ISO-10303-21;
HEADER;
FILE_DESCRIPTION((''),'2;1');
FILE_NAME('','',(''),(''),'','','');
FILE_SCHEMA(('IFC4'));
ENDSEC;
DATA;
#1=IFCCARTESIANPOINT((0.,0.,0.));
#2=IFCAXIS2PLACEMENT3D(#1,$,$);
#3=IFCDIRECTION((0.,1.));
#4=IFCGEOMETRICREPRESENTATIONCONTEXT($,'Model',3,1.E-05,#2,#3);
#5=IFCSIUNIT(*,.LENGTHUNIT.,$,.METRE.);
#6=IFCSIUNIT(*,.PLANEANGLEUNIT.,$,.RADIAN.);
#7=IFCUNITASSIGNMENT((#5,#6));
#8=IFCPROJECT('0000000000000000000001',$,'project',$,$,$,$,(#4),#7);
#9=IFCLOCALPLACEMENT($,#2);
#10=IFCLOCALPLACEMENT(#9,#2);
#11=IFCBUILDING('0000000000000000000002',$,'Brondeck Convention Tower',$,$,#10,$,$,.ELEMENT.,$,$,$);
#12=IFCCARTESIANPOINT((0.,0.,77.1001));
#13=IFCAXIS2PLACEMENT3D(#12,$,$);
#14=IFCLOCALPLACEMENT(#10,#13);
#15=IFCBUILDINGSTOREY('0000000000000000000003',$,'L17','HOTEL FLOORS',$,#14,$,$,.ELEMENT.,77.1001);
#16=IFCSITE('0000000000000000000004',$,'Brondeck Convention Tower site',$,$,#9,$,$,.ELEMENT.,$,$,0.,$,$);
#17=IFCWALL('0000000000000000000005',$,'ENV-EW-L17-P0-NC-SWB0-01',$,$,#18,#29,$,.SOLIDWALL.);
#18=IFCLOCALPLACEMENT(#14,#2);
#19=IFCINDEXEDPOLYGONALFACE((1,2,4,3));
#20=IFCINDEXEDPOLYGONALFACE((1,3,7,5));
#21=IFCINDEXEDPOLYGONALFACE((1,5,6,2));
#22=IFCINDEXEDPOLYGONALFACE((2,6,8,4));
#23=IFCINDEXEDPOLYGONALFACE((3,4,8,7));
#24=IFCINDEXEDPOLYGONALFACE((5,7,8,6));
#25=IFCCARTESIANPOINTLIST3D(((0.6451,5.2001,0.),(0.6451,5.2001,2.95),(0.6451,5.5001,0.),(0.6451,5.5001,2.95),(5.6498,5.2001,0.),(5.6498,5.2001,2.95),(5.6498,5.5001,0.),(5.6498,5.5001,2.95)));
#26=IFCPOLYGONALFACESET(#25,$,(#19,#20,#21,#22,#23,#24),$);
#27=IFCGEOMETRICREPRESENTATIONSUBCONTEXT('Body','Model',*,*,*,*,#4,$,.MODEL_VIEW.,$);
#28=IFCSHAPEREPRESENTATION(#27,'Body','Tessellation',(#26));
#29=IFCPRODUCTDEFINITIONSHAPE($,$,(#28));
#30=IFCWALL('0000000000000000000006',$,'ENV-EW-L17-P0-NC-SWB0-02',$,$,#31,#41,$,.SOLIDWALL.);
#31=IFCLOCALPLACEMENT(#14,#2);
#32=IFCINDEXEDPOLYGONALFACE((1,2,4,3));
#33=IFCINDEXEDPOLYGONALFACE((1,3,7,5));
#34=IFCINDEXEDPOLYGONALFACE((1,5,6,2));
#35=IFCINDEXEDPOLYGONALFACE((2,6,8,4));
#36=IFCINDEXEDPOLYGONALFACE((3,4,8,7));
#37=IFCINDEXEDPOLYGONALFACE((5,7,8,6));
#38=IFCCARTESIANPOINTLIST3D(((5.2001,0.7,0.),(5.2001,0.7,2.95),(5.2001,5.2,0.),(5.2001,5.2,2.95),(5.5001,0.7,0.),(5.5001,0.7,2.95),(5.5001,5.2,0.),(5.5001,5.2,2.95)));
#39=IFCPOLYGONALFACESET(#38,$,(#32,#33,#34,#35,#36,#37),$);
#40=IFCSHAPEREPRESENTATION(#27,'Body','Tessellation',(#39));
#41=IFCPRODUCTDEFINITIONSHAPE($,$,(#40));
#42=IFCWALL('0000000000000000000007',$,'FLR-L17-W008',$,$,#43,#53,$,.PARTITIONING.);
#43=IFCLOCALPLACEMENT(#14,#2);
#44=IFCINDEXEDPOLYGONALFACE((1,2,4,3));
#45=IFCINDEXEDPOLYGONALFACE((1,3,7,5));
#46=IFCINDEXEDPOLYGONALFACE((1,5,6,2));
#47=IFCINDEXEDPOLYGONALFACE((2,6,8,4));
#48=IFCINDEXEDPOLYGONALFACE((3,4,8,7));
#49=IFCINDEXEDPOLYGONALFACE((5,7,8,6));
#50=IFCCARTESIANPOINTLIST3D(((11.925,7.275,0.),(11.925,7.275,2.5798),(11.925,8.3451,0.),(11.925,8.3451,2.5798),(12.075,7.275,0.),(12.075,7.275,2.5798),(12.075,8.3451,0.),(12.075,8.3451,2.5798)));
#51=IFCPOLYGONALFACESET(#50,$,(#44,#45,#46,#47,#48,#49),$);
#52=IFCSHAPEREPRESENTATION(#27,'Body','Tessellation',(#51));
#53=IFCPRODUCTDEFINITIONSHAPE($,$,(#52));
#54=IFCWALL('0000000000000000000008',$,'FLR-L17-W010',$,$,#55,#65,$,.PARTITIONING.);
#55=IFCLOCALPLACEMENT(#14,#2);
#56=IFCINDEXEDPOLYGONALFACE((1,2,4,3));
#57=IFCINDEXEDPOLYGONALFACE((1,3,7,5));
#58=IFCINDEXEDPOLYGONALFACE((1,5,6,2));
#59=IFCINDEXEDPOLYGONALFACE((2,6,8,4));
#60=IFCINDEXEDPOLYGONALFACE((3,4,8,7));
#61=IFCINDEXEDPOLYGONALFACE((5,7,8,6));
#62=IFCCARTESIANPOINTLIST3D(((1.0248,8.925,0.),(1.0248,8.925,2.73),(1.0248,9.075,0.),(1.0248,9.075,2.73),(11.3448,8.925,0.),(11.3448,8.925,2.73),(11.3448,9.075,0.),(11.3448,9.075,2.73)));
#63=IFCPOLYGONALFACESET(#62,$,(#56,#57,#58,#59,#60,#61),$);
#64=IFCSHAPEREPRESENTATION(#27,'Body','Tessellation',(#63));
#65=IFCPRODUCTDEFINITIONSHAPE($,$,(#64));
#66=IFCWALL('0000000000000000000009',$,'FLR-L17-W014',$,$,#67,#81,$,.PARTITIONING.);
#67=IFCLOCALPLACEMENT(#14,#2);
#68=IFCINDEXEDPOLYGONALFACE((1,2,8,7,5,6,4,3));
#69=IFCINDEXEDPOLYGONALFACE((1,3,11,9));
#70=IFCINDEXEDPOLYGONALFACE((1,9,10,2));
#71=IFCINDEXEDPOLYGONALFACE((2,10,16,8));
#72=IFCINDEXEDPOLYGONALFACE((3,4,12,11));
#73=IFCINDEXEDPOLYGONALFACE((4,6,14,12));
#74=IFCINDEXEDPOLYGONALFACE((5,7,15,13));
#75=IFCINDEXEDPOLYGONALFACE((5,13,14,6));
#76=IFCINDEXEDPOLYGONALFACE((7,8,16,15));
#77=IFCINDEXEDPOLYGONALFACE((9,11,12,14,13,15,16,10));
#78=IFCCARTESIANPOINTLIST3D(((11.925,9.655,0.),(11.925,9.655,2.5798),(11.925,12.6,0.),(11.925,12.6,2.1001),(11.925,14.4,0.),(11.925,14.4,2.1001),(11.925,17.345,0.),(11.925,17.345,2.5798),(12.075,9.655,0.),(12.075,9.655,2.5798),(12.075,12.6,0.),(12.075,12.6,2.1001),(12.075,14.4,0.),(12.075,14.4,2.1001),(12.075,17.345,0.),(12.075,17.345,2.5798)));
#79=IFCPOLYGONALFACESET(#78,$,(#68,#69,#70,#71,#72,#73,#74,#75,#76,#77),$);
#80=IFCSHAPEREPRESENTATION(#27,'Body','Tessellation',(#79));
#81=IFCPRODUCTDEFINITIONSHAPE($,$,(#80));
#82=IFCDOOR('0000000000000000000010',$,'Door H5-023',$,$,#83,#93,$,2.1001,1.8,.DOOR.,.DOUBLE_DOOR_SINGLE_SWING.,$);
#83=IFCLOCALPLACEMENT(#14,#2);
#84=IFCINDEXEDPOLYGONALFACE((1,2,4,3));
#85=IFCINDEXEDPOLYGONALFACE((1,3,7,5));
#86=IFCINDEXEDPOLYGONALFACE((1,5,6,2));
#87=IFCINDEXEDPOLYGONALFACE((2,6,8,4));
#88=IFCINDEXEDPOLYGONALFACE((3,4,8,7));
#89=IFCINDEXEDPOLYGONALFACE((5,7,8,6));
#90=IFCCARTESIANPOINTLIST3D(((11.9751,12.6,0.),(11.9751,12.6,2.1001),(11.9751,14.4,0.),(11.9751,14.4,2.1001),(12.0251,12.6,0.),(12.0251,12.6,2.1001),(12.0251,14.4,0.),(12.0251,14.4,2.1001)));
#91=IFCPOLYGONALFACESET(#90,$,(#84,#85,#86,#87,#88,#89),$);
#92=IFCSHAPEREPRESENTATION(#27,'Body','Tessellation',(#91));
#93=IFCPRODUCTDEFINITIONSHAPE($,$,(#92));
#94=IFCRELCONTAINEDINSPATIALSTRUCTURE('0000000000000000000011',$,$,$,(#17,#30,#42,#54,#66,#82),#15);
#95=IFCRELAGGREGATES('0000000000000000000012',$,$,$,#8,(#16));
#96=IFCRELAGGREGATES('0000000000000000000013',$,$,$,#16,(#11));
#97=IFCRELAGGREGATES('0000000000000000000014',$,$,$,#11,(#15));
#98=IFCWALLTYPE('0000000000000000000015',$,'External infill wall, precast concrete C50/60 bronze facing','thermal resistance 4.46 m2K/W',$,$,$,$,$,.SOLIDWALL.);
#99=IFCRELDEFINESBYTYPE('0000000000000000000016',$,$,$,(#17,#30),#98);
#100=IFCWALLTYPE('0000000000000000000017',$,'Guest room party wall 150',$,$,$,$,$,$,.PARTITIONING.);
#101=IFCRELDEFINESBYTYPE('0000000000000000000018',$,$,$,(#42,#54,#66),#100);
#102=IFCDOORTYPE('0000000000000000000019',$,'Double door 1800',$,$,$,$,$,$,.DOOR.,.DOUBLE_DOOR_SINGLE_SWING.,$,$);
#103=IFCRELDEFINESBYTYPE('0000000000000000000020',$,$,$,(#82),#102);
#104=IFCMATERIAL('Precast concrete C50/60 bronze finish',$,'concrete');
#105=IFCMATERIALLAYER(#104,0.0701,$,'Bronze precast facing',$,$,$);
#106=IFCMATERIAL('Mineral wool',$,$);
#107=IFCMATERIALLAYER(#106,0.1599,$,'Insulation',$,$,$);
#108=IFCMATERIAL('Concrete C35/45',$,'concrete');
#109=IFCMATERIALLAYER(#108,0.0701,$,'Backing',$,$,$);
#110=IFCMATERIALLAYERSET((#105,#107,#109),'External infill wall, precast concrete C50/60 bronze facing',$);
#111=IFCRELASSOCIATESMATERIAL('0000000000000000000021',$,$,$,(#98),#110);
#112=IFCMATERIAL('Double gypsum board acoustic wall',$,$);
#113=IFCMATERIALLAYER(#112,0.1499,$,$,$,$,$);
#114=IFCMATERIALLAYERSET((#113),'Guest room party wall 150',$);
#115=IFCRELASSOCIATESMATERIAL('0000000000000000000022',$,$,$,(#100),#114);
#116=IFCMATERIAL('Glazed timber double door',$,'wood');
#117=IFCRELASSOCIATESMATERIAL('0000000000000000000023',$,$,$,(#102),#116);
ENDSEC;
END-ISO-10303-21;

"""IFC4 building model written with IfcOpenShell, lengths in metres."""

from ifc_helpers import new_model, si_unit, direction, frame, frame_2d, origin, place, context, subcontext, project, spatial, rectangle, extrude, material, layer, layer_set, type_object, element, fill, save


model = new_model("IFC4")

# Units and contexts
model_context = context("Model", 3, precision=1e-05, world=origin(), true_north=direction((0.0, 1.0)))
body_context = subcontext(model_context, "Body", "Model", "MODEL_VIEW")
ifc_project = project(units=[si_unit("LENGTHUNIT", "METRE"), si_unit("PLANEANGLEUNIT", "RADIAN")], contexts=[model_context])

# Site, building, storey
site_placement = place(None, origin())
site = spatial("IfcSite", under=ifc_project, at=site_placement, Name="Brondeck Convention Tower site", CompositionType="ELEMENT", RefElevation=0.0)
building_placement = place(site_placement, origin())
building = spatial("IfcBuilding", under=site, at=building_placement, Name="Brondeck Convention Tower", CompositionType="ELEMENT")
storey_placement = place(building_placement, frame((0.0, 0.0, 77.1001)))
storey = spatial("IfcBuildingStorey", under=building, at=storey_placement, Name="L17", Description="HOTEL FLOORS", CompositionType="ELEMENT", Elevation=77.1001)

# Shared definitions
ifc_material_1 = material(Name="Concrete C35/45", Category="concrete")

# Shared definitions
ifc_material_2 = material(Name="Precast concrete C50/60 bronze finish", Category="concrete")
ifc_layer_1 = layer(ifc_material_2, 0.0701, Name="Bronze precast facing")
ifc_material_3 = material(Name="Mineral wool")
ifc_layer_2 = layer(ifc_material_3, 0.1599, Name="Insulation")
ifc_layer_3 = layer(ifc_material_1, 0.0701, Name="Backing")
ifc_layer_set_1 = layer_set([ifc_layer_1, ifc_layer_2, ifc_layer_3], Name="External infill wall, precast concrete C50/60 bronze facing")
wall_type_1 = type_object("IfcWallType", Name="External infill wall, precast concrete C50/60 bronze facing", Description="thermal resistance 4.46 m2K/W", PredefinedType="SOLIDWALL", material=ifc_layer_set_1)

# Walls
wall_1_placement = place(storey_placement, frame((5.6499, 5.3501, 0.0), z_axis=(0.0, 0.0, 1.0), x_axis=(-1.0, 0.0, 0.0)))
element("IfcWall", 1, at=wall_1_placement, inside=storey, type_object=wall_type_1, Name="ENV-EW-L17-P0-NC-SWB0-01", PredefinedType="SOLIDWALL", context=body_context, shape_type="SweptSolid", body=[
    extrude(rectangle(XDim=5.0046, YDim=0.3, at=frame_2d((2.5024, 0.0))), origin(), (0.0, 0.0, 1.0), 2.95),
])
wall_2_placement = place(storey_placement, frame((5.3501, 0.7, 0.0), z_axis=(0.0, 0.0, 1.0), x_axis=(0.0, 1.0, 0.0)))
element("IfcWall", 2, at=wall_2_placement, inside=storey, type_object=wall_type_1, Name="ENV-EW-L17-P0-NC-SWB0-02", PredefinedType="SOLIDWALL", context=body_context, shape_type="SweptSolid", body=[
    extrude(rectangle(XDim=4.5, YDim=0.3, at=frame_2d((2.25, 0.0))), origin(), (0.0, 0.0, 1.0), 2.95),
])
ifc_material_4 = material(Name="Double gypsum board acoustic wall")
ifc_layer_4 = layer(ifc_material_4, 0.1499)
ifc_layer_set_2 = layer_set([ifc_layer_4], Name="Guest room party wall 150")
wall_type_2 = type_object("IfcWallType", Name="Guest room party wall 150", PredefinedType="PARTITIONING", material=ifc_layer_set_2)
wall_3_placement = place(storey_placement, frame((12.0, 7.2749, 0.0), z_axis=(0.0, 0.0, 1.0), x_axis=(0.0, 1.0, 0.0)))
element("IfcWall", 3, at=wall_3_placement, inside=storey, type_object=wall_type_2, Name="FLR-L17-W008", PredefinedType="PARTITIONING", context=body_context, shape_type="SweptSolid", body=[
    extrude(rectangle(XDim=1.0701, YDim=0.1499, at=frame_2d((0.5352, 0.0))), origin(), (0.0, 0.0, 1.0), 2.5798),
])
wall_4_placement = place(storey_placement, frame((11.345, 9.0, 0.0), z_axis=(0.0, 0.0, 1.0), x_axis=(-1.0, 0.0, 0.0)))
element("IfcWall", 4, at=wall_4_placement, inside=storey, type_object=wall_type_2, Name="FLR-L17-W010", PredefinedType="PARTITIONING", context=body_context, shape_type="SweptSolid", body=[
    extrude(rectangle(XDim=10.3201, YDim=0.1499, at=frame_2d((5.1602, 0.0))), origin(), (0.0, 0.0, 1.0), 2.73),
])

# Wall, opening, door
wall_5_placement = place(storey_placement, frame((12.0, 9.655, 0.0), z_axis=(0.0, 0.0, 1.0), x_axis=(0.0, 1.0, 0.0)))
wall_5 = element("IfcWall", 5, at=wall_5_placement, inside=storey, type_object=wall_type_2, Name="FLR-L17-W014", PredefinedType="PARTITIONING", context=body_context, shape_type="SweptSolid", body=[
    extrude(rectangle(XDim=7.6899, YDim=0.1499, at=frame_2d((3.845, 0.0))), origin(), (0.0, 0.0, 1.0), 2.5798),
])
opening_1_placement = place(wall_5_placement, frame((2.9451, 0.0, 0.0)))
opening_1 = element("IfcOpeningElement", 6, at=opening_1_placement, cuts=wall_5, PredefinedType="OPENING", context=body_context, shape_type="SweptSolid", body=[
    extrude(rectangle(XDim=1.8, YDim=2.1001, at=frame_2d((0.8999, 1.05))), frame((0.0, 0.085, 0.0), z_axis=(0.0, -1.0, 0.0), x_axis=(1.0, 0.0, 0.0)), (0.0, 0.0, 1.0), 0.1699),
])
ifc_material_5 = material(Name="Glazed timber double door", Category="wood")
door_type = type_object("IfcDoorType", Name="Double door 1800", OperationType="DOUBLE_DOOR_SINGLE_SWING", PredefinedType="DOOR", material=ifc_material_5)
door_placement = place(opening_1_placement, origin())
door = element("IfcDoor", 7, at=door_placement, inside=storey, type_object=door_type, Name="Door H5-023", OperationType="DOUBLE_DOOR_SINGLE_SWING", OverallHeight=2.1001, OverallWidth=1.8, PredefinedType="DOOR", context=body_context, shape_type="SweptSolid", body=[
    extrude(rectangle(XDim=1.8, YDim=2.1001, at=frame_2d((0.8999, 1.05))), frame((0.0, 0.0249, 0.0), z_axis=(0.0, -1.0, 0.0), x_axis=(1.0, 0.0, 0.0)), (0.0, 0.0, 1.0), 0.05),
])
fill(opening_1, door)

save(model, "model.ifc")
